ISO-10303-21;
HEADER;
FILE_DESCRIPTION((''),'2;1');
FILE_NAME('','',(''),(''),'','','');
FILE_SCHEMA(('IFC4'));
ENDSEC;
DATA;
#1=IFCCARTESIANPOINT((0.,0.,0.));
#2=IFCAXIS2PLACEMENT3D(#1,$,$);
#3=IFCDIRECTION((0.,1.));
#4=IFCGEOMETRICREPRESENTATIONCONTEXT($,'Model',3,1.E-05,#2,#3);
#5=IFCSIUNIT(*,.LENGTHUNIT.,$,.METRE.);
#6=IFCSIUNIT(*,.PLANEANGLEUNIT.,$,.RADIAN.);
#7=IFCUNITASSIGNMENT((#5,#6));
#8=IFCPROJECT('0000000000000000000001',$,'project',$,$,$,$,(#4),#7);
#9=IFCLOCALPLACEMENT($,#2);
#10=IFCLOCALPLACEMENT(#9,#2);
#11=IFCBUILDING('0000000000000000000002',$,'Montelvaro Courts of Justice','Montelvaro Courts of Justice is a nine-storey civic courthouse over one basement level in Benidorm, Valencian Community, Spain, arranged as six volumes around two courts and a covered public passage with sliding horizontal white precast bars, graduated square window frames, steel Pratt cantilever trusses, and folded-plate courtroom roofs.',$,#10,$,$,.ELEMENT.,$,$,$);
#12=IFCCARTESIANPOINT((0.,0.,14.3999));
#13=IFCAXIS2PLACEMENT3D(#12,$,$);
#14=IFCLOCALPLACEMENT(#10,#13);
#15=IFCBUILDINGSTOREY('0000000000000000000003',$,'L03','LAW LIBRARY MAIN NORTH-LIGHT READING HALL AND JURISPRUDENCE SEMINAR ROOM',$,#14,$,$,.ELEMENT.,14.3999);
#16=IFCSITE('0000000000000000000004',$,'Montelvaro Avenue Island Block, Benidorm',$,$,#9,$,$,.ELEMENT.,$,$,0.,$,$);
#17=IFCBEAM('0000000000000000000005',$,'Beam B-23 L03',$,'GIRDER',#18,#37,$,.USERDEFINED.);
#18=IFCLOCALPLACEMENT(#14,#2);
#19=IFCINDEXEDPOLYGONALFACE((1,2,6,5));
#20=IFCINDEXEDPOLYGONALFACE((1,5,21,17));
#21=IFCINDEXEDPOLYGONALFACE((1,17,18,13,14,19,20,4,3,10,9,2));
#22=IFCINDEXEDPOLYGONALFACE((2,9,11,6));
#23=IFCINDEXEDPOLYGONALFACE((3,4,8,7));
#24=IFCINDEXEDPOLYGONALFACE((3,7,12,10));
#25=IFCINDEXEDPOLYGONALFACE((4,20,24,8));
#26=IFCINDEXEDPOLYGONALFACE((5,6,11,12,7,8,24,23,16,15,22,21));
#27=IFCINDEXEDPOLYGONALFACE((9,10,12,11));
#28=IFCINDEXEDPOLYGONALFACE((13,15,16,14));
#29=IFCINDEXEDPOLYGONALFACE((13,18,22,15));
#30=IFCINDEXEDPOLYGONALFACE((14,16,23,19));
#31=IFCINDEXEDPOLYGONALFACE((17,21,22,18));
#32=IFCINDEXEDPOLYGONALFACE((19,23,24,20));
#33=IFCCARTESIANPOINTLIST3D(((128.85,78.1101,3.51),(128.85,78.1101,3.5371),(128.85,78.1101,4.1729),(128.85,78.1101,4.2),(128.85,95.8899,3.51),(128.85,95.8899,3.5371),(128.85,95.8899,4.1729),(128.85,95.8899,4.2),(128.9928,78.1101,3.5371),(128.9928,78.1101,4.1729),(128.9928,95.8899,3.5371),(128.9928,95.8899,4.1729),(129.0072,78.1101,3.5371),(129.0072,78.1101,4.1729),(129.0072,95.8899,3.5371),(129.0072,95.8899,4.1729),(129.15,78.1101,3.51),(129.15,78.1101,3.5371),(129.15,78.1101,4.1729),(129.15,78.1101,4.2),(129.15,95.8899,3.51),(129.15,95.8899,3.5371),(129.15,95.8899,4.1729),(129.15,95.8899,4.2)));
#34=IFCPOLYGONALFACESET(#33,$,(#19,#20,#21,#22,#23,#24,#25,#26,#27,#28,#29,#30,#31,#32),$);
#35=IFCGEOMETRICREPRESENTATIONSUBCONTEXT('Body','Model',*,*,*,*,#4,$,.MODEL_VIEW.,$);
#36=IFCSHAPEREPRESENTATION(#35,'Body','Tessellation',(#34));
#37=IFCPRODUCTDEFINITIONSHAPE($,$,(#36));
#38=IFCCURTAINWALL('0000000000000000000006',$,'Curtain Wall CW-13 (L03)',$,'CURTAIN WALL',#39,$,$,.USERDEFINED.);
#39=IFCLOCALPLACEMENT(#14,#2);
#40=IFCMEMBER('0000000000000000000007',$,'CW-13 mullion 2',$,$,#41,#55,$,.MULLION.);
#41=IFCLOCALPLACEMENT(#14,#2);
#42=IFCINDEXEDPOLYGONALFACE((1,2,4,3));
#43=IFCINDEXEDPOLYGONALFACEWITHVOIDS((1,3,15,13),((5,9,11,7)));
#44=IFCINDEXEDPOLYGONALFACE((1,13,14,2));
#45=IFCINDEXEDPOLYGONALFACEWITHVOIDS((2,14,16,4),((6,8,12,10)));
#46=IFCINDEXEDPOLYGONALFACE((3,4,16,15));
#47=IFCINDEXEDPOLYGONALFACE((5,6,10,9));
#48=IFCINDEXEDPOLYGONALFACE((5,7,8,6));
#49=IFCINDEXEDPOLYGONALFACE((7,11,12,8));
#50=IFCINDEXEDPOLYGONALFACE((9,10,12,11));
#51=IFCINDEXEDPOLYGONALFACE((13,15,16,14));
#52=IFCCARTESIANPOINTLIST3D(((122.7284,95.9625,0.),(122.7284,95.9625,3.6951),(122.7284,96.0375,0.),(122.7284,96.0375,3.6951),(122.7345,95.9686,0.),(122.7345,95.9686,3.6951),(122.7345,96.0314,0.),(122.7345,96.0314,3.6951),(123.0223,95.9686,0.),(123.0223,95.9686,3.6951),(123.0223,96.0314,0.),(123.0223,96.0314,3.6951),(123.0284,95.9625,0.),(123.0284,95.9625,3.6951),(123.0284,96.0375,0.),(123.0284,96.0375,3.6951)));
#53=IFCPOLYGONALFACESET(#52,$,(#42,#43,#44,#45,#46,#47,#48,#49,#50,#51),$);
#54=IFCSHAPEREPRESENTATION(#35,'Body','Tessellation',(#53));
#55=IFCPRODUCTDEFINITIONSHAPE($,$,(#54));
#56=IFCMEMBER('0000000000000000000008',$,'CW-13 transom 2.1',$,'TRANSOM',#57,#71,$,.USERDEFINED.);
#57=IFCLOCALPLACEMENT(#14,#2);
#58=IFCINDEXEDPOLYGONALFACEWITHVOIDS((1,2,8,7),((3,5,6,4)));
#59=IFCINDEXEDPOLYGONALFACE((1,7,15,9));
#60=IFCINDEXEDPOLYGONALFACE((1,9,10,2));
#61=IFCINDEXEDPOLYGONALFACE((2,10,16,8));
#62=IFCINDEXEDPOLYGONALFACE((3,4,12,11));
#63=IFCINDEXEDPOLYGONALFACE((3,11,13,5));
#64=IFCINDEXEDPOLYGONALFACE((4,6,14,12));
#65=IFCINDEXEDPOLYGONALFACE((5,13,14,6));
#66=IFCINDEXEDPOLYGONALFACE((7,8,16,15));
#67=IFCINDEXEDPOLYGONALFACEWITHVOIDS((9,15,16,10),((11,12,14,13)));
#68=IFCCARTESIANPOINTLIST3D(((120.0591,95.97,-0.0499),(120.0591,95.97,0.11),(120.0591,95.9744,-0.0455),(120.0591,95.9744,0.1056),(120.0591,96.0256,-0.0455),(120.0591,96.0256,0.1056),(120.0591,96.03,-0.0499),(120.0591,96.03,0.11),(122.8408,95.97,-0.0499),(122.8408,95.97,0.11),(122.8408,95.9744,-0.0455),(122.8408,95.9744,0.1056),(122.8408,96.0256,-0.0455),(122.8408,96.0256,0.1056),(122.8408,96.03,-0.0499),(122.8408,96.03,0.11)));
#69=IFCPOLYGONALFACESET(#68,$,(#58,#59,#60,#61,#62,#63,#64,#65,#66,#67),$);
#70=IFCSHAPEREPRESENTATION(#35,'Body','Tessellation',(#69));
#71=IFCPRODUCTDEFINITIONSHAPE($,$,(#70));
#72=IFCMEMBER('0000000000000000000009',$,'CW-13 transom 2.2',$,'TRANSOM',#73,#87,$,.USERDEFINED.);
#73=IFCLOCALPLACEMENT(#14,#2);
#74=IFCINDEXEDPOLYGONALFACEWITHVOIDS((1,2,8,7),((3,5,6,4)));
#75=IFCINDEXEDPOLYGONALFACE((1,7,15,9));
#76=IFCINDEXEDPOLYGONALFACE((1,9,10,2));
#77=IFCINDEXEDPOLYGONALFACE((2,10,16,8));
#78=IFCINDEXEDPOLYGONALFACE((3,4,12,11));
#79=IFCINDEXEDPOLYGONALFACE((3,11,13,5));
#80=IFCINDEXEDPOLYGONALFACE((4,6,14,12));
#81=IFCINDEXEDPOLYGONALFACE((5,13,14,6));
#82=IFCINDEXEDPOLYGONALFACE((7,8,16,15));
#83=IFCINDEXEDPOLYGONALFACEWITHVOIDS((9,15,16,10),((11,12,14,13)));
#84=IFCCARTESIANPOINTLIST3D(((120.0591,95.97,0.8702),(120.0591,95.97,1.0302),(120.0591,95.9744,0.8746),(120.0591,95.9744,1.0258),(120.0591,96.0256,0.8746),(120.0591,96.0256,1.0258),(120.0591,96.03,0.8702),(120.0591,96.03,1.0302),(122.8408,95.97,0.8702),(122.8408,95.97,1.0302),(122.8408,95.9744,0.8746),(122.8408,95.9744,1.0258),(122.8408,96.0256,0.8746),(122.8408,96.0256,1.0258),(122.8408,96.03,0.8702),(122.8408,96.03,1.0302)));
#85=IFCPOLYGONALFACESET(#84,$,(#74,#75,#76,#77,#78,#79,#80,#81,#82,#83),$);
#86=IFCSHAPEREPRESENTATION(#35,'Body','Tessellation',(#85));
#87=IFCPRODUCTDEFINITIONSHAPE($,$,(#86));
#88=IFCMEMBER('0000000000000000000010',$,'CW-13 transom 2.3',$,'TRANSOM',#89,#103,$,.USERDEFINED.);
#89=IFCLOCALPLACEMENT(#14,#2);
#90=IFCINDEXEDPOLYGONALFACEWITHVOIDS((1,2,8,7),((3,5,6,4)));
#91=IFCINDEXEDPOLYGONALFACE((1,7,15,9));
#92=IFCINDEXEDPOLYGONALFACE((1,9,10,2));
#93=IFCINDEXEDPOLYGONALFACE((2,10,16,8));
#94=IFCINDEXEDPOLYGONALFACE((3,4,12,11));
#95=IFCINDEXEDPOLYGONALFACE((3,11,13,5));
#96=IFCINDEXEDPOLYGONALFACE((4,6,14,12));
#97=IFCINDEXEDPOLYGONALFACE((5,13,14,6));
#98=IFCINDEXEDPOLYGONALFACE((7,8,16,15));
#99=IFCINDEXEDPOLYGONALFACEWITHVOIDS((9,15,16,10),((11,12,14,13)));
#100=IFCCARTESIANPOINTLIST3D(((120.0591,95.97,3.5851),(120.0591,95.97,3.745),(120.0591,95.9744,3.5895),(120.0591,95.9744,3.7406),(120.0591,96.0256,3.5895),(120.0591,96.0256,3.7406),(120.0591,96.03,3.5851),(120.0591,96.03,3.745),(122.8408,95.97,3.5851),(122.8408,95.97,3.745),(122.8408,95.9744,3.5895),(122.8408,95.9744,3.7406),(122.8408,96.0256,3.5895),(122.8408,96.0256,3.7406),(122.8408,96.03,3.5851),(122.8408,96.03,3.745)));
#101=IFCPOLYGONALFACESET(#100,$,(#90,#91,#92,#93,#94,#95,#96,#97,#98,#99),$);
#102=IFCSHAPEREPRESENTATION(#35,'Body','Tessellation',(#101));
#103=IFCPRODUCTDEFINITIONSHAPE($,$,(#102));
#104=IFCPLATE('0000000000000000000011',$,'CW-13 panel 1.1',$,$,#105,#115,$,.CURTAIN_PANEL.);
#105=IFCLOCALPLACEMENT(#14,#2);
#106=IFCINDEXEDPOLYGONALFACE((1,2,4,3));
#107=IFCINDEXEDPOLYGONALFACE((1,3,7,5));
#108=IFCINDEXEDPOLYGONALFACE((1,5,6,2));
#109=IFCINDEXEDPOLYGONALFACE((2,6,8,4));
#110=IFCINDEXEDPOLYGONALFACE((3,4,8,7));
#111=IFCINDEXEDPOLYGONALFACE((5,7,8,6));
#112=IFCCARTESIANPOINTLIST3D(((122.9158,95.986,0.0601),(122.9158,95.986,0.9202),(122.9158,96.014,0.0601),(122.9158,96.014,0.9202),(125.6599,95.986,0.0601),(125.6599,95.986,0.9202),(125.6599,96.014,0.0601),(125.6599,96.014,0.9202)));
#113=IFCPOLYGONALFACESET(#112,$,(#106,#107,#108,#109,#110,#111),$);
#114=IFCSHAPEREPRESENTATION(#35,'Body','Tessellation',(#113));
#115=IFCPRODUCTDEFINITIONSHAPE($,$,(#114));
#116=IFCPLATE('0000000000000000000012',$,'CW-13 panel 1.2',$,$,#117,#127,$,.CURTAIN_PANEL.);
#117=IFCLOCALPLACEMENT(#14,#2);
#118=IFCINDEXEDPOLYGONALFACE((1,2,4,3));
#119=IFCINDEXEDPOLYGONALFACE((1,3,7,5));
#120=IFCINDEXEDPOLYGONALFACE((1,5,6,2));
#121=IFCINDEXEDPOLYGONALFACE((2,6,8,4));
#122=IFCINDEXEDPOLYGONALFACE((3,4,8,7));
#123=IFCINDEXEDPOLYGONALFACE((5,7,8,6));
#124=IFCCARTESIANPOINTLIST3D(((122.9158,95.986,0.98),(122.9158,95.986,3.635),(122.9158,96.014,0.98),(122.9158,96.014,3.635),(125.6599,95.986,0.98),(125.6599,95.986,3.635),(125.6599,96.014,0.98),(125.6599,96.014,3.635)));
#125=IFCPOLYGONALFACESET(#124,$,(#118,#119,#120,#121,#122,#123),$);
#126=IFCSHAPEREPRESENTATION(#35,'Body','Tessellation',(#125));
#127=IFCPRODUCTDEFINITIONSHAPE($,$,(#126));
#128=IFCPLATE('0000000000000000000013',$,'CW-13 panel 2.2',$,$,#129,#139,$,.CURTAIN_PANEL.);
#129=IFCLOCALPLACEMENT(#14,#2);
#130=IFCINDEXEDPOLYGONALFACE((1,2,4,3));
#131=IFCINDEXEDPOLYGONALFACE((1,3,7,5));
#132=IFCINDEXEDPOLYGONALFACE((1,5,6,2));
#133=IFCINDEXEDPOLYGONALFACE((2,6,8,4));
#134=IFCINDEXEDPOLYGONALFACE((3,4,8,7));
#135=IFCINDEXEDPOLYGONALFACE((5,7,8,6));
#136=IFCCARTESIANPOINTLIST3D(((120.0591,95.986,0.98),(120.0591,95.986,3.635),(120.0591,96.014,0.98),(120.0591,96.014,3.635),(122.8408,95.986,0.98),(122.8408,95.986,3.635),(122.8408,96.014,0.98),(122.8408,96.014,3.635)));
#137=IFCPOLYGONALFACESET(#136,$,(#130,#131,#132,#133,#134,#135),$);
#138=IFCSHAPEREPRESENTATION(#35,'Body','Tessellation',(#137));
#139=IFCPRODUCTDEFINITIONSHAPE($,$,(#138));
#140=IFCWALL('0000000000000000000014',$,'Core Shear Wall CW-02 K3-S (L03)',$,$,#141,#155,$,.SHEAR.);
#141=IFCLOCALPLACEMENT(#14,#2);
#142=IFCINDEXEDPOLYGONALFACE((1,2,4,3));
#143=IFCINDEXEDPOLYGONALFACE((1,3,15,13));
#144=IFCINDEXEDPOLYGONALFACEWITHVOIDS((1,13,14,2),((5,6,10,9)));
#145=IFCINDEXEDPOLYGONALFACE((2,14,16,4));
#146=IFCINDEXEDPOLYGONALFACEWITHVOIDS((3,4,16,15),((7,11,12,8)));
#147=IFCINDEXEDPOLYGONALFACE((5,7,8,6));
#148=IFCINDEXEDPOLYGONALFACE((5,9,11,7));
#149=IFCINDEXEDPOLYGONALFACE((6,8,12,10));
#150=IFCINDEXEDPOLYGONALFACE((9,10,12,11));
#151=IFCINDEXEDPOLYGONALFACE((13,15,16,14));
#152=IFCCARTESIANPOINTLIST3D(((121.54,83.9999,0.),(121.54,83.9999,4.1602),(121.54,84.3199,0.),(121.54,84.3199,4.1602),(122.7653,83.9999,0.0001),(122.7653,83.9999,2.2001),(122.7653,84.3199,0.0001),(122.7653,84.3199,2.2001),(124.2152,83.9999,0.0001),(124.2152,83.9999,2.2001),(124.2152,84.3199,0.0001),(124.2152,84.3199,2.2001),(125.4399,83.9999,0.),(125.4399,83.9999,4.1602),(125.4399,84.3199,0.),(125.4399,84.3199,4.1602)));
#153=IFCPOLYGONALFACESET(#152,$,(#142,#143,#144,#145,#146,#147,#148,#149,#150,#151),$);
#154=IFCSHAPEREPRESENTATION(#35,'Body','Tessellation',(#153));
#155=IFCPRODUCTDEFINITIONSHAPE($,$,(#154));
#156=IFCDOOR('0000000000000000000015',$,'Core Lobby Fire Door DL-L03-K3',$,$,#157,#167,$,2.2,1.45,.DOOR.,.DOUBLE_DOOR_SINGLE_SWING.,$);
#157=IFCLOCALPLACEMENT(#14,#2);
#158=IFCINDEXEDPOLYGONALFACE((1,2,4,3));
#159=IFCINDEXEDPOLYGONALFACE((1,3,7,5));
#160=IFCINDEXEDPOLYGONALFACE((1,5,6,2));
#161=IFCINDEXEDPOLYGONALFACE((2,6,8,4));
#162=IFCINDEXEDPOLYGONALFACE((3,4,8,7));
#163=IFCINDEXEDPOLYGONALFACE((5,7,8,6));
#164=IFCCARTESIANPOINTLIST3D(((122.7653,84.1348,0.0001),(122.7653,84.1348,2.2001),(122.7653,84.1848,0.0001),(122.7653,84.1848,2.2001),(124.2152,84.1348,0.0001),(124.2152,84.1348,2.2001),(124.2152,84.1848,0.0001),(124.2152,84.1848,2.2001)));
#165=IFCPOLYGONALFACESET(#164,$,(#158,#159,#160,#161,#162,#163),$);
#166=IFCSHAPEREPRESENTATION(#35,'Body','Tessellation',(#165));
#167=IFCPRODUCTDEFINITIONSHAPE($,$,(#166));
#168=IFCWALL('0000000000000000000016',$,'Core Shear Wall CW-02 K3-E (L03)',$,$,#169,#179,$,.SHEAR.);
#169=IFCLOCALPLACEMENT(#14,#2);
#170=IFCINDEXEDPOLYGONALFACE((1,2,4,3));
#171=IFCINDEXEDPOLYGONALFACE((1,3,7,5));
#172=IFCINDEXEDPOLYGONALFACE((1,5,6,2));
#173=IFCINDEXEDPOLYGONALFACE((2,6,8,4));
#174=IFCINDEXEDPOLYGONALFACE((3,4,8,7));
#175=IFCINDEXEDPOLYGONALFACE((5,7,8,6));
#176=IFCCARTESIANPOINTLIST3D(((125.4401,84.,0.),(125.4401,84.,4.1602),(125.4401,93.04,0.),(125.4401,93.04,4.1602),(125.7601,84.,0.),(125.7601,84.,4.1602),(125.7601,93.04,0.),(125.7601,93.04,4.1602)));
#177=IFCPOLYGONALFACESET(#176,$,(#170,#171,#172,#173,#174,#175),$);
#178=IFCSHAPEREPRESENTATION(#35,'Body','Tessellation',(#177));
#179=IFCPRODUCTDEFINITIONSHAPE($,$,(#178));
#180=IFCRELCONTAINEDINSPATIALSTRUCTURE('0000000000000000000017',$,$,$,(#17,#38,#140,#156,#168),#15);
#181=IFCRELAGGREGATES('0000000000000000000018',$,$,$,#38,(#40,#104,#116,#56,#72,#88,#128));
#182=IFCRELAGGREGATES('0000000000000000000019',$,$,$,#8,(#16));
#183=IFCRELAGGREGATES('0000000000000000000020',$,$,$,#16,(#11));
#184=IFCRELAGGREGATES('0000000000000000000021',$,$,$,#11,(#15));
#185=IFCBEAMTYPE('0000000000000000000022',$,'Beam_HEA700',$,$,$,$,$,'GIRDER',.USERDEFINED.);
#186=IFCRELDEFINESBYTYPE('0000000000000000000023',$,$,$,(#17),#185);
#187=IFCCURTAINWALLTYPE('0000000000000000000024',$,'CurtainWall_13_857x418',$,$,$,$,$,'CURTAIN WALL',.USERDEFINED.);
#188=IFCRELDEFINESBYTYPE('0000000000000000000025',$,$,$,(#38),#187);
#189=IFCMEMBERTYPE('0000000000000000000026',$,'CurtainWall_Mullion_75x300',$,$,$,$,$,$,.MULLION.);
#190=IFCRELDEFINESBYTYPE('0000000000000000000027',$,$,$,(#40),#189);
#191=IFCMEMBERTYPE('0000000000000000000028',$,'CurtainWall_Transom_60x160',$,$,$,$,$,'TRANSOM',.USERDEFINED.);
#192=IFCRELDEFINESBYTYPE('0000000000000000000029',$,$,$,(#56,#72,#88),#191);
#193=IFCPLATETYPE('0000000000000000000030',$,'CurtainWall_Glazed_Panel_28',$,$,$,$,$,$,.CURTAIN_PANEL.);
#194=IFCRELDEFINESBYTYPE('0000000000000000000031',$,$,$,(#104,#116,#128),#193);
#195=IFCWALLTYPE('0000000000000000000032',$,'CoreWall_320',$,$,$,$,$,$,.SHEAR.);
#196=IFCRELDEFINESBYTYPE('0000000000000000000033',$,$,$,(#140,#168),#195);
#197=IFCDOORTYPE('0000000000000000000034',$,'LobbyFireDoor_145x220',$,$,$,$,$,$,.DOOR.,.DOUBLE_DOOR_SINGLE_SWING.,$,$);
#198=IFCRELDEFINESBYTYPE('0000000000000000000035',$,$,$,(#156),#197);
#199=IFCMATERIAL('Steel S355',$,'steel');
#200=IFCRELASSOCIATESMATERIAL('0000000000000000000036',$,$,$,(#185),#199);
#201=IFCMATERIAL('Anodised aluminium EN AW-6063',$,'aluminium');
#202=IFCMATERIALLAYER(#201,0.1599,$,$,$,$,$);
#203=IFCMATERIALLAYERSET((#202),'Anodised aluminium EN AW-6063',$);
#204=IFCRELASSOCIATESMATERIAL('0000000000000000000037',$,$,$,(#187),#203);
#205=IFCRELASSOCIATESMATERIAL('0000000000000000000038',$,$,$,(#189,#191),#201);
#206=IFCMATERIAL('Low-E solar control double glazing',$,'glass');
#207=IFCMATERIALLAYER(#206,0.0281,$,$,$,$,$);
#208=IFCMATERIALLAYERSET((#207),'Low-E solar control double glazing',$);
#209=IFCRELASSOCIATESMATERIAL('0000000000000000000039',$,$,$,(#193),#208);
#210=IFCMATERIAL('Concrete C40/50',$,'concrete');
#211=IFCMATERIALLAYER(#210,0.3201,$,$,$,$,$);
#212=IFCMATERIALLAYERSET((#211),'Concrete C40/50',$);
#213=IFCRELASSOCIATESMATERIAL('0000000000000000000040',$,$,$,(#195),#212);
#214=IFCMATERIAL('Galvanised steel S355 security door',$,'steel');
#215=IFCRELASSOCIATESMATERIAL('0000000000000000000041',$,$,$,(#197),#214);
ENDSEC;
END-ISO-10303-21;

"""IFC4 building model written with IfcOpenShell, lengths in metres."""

from ifc_helpers import new_model, si_unit, direction, frame, frame_2d, origin, origin_2d, place, context, subcontext, project, spatial, rectangle, hollow_rectangle, i_section, extrude, material, layer, layer_set, material_profile, profile_set, type_object, element, fill, aggregate, save


model = new_model("IFC4")

# Units and contexts
model_context = context("Model", 3, precision=1e-05, world=origin(), true_north=direction((0.0, 1.0)))
body_context = subcontext(model_context, "Body", "Model", "MODEL_VIEW")
ifc_project = project(units=[si_unit("LENGTHUNIT", "METRE"), si_unit("PLANEANGLEUNIT", "RADIAN")], contexts=[model_context])

# Site, building, storey
site_placement = place(None, origin())
site = spatial("IfcSite", under=ifc_project, at=site_placement, Name="Montelvaro Avenue Island Block, Benidorm", CompositionType="ELEMENT", RefElevation=0.0)
building_placement = place(site_placement, origin())
building = spatial("IfcBuilding", under=site, at=building_placement, Name="Montelvaro Courts of Justice", Description="Montelvaro Courts of Justice is a nine-storey civic courthouse over one basement level in Benidorm, Valencian Community, Spain, arranged as six volumes around two courts and a covered public passage with sliding horizontal white precast bars, graduated square window frames, steel Pratt cantilever trusses, and folded-plate courtroom roofs.", CompositionType="ELEMENT")
storey_placement = place(building_placement, frame((0.0, 0.0, 14.3999)))
storey = spatial("IfcBuildingStorey", under=building, at=storey_placement, Name="L03", Description="LAW LIBRARY MAIN NORTH-LIGHT READING HALL AND JURISPRUDENCE SEMINAR ROOM", CompositionType="ELEMENT", Elevation=14.3999)

# Beam
ifc_material_1 = material(Name="Steel S355", Category="steel")
ifc_material_profile_1 = material_profile(ifc_material_1, i_section(OverallWidth=0.3, OverallDepth=0.6899, WebThickness=0.0144, FlangeThickness=0.0271, at=origin_2d()), Name="HEA 700")
ifc_profile_set_1 = profile_set([ifc_material_profile_1], Name="Steel S355")
beam_type = type_object("IfcBeamType", Name="Beam_HEA700", ElementType="GIRDER", PredefinedType="USERDEFINED", material=ifc_profile_set_1)
beam_placement = place(storey_placement, frame((129.0, 78.1101, 3.855), z_axis=(0.0, 1.0, 0.0), x_axis=(-1.0, 0.0, 0.0)))
element("IfcBeam", 1, at=beam_placement, inside=storey, type_object=beam_type, Name="Beam B-23 L03", ObjectType="GIRDER", PredefinedType="USERDEFINED", context=body_context, shape_type="SweptSolid", body=[
    extrude(i_section(OverallWidth=0.3, OverallDepth=0.6899, WebThickness=0.0144, FlangeThickness=0.0271, at=origin_2d()), origin(), (0.0, 0.0, 1.0), 17.7798),
])

# Curtain wall, members, plates
ifc_material_2 = material(Name="Anodised aluminium EN AW-6063", Category="aluminium")
ifc_layer_1 = layer(ifc_material_2, 0.1599)
ifc_layer_set_1 = layer_set([ifc_layer_1], Name="Anodised aluminium EN AW-6063")
curtain_wall_type = type_object("IfcCurtainWallType", Name="CurtainWall_13_857x418", ElementType="CURTAIN WALL", PredefinedType="USERDEFINED", material=ifc_layer_set_1)
curtain_wall_placement = place(storey_placement, origin())
curtain_wall = element("IfcCurtainWall", 2, at=curtain_wall_placement, inside=storey, type_object=curtain_wall_type, Name="Curtain Wall CW-13 (L03)", ObjectType="CURTAIN WALL", PredefinedType="USERDEFINED")
ifc_material_profile_2 = material_profile(ifc_material_2, hollow_rectangle(XDim=0.075, YDim=0.3, WallThickness=0.0061, at=origin_2d()), Name="ALU-M 75x300")
ifc_profile_set_2 = profile_set([ifc_material_profile_2], Name="Anodised aluminium EN AW-6063")
member_type_1 = type_object("IfcMemberType", Name="CurtainWall_Mullion_75x300", PredefinedType="MULLION", material=ifc_profile_set_2)
member_1_placement = place(storey_placement, frame((122.8784, 96.0, 0.0), z_axis=(0.0, 0.0, 1.0), x_axis=(0.0, -1.0, 0.0)))
member_1 = element("IfcMember", 3, at=member_1_placement, type_object=member_type_1, Name="CW-13 mullion 2", PredefinedType="MULLION", context=body_context, shape_type="SweptSolid", body=[
    extrude(hollow_rectangle(XDim=0.075, YDim=0.3, WallThickness=0.0061, at=origin_2d()), origin(), (0.0, 0.0, 1.0), 3.6951),
])
ifc_material_profile_3 = material_profile(ifc_material_2, hollow_rectangle(XDim=0.0601, YDim=0.1599, WallThickness=0.0044, at=origin_2d()), Name="ALU-T 60x160")
ifc_profile_set_3 = profile_set([ifc_material_profile_3], Name="Anodised aluminium EN AW-6063")
member_type_2 = type_object("IfcMemberType", Name="CurtainWall_Transom_60x160", ElementType="TRANSOM", PredefinedType="USERDEFINED", material=ifc_profile_set_3)
member_2_placement = place(storey_placement, frame((122.8408, 96.0, 0.03), z_axis=(-1.0, 0.0, 0.0), x_axis=(0.0, -1.0, 0.0)))
member_2 = element("IfcMember", 4, at=member_2_placement, type_object=member_type_2, Name="CW-13 transom 2.1", ObjectType="TRANSOM", PredefinedType="USERDEFINED", context=body_context, shape_type="SweptSolid", body=[
    extrude(hollow_rectangle(XDim=0.0601, YDim=0.1599, WallThickness=0.0044, at=origin_2d()), origin(), (0.0, 0.0, 1.0), 2.7817),
])
member_3_placement = place(storey_placement, frame((122.8408, 96.0, 0.9502), z_axis=(-1.0, 0.0, 0.0), x_axis=(0.0, -1.0, 0.0)))
member_3 = element("IfcMember", 5, at=member_3_placement, type_object=member_type_2, Name="CW-13 transom 2.2", ObjectType="TRANSOM", PredefinedType="USERDEFINED", context=body_context, shape_type="SweptSolid", body=[
    extrude(hollow_rectangle(XDim=0.0601, YDim=0.1599, WallThickness=0.0044, at=origin_2d()), origin(), (0.0, 0.0, 1.0), 2.7817),
])
member_4_placement = place(storey_placement, frame((122.8408, 96.0, 3.665), z_axis=(-1.0, 0.0, 0.0), x_axis=(0.0, -1.0, 0.0)))
member_4 = element("IfcMember", 6, at=member_4_placement, type_object=member_type_2, Name="CW-13 transom 2.3", ObjectType="TRANSOM", PredefinedType="USERDEFINED", context=body_context, shape_type="SweptSolid", body=[
    extrude(hollow_rectangle(XDim=0.0601, YDim=0.1599, WallThickness=0.0044, at=origin_2d()), origin(), (0.0, 0.0, 1.0), 2.7817),
])
ifc_material_3 = material(Name="Low-E solar control double glazing", Category="glass")
ifc_layer_2 = layer(ifc_material_3, 0.0281)
ifc_layer_set_2 = layer_set([ifc_layer_2], Name="Low-E solar control double glazing")
plate_type = type_object("IfcPlateType", Name="CurtainWall_Glazed_Panel_28", PredefinedType="CURTAIN_PANEL", material=ifc_layer_set_2)
plate_1_placement = place(storey_placement, frame((124.2878, 96.0, 0.0601), z_axis=(0.0, 0.0, 1.0), x_axis=(-1.0, 0.0, 0.0)))
plate_1 = element("IfcPlate", 7, at=plate_1_placement, type_object=plate_type, Name="CW-13 panel 1.1", PredefinedType="CURTAIN_PANEL", context=body_context, shape_type="SweptSolid", body=[
    extrude(rectangle(XDim=2.7441, YDim=0.0281, at=origin_2d()), origin(), (0.0, 0.0, 1.0), 0.8601),
])
plate_2_placement = place(storey_placement, frame((124.2878, 96.0, 0.98), z_axis=(0.0, 0.0, 1.0), x_axis=(-1.0, 0.0, 0.0)))
plate_2 = element("IfcPlate", 8, at=plate_2_placement, type_object=plate_type, Name="CW-13 panel 1.2", PredefinedType="CURTAIN_PANEL", context=body_context, shape_type="SweptSolid", body=[
    extrude(rectangle(XDim=2.7441, YDim=0.0281, at=origin_2d()), origin(), (0.0, 0.0, 1.0), 2.655),
])
plate_3_placement = place(storey_placement, frame((121.45, 96.0, 0.98), z_axis=(0.0, 0.0, 1.0), x_axis=(-1.0, 0.0, 0.0)))
plate_3 = element("IfcPlate", 9, at=plate_3_placement, type_object=plate_type, Name="CW-13 panel 2.2", PredefinedType="CURTAIN_PANEL", context=body_context, shape_type="SweptSolid", body=[
    extrude(rectangle(XDim=2.7817, YDim=0.0281, at=origin_2d()), origin(), (0.0, 0.0, 1.0), 2.655),
])
aggregate(curtain_wall, [member_1, plate_1, plate_2, member_2, member_3, member_4, plate_3])

# Wall, opening, door
ifc_material_4 = material(Name="Concrete C40/50", Category="concrete")
ifc_layer_3 = layer(ifc_material_4, 0.3201)
ifc_layer_set_3 = layer_set([ifc_layer_3], Name="Concrete C40/50")
wall_type_1 = type_object("IfcWallType", Name="CoreWall_320", PredefinedType="SHEAR", material=ifc_layer_set_3)
wall_1_placement = place(storey_placement, frame((121.54, 84.1599, 0.0), z_axis=(0.0, 0.0, 1.0), x_axis=(1.0, 0.0, 0.0)))
wall_1 = element("IfcWall", 10, at=wall_1_placement, inside=storey, type_object=wall_type_1, Name="Core Shear Wall CW-02 K3-S (L03)", PredefinedType="SHEAR", context=body_context, shape_type="SweptSolid", body=[
    extrude(rectangle(XDim=3.8999, YDim=0.3201, at=frame_2d((1.95, 0.0))), origin(), (0.0, 0.0, 1.0), 4.1602),
])
opening_1_placement = place(wall_1_placement, frame((1.2251, 0.0, 0.0)))
opening_1 = element("IfcOpeningElement", 11, at=opening_1_placement, cuts=wall_1, PredefinedType="OPENING", context=body_context, shape_type="SweptSolid", body=[
    extrude(rectangle(XDim=1.45, YDim=2.2, at=frame_2d((0.7251, 1.1001))), frame((0.0, 0.1748, 0.0), z_axis=(0.0, -1.0, 0.0), x_axis=(1.0, 0.0, 0.0)), (0.0, 0.0, 1.0), 0.3499),
])
ifc_material_5 = material(Name="Galvanised steel S355 security door", Category="steel")
door_type_1 = type_object("IfcDoorType", Name="LobbyFireDoor_145x220", OperationType="DOUBLE_DOOR_SINGLE_SWING", PredefinedType="DOOR", material=ifc_material_5)
door_1_placement = place(opening_1_placement, origin())
door_1 = element("IfcDoor", 12, at=door_1_placement, inside=storey, type_object=door_type_1, Name="Core Lobby Fire Door DL-L03-K3", OperationType="DOUBLE_DOOR_SINGLE_SWING", OverallHeight=2.2, OverallWidth=1.45, PredefinedType="DOOR", context=body_context, shape_type="SweptSolid", body=[
    extrude(rectangle(XDim=1.45, YDim=2.2, at=frame_2d((0.7251, 1.1001))), frame((0.0, 0.0249, 0.0), z_axis=(0.0, -1.0, 0.0), x_axis=(1.0, 0.0, 0.0)), (0.0, 0.0, 1.0), 0.05),
])
fill(opening_1, door_1)

# Wall
wall_2_placement = place(storey_placement, frame((125.6001, 84.0, 0.0), z_axis=(0.0, 0.0, 1.0), x_axis=(0.0, 1.0, 0.0)))
element("IfcWall", 13, at=wall_2_placement, inside=storey, type_object=wall_type_1, Name="Core Shear Wall CW-02 K3-E (L03)", PredefinedType="SHEAR", context=body_context, shape_type="SweptSolid", body=[
    extrude(rectangle(XDim=9.04, YDim=0.3201, at=frame_2d((4.52, 0.0))), origin(), (0.0, 0.0, 1.0), 4.1602),
])

save(model, "model.ifc")
